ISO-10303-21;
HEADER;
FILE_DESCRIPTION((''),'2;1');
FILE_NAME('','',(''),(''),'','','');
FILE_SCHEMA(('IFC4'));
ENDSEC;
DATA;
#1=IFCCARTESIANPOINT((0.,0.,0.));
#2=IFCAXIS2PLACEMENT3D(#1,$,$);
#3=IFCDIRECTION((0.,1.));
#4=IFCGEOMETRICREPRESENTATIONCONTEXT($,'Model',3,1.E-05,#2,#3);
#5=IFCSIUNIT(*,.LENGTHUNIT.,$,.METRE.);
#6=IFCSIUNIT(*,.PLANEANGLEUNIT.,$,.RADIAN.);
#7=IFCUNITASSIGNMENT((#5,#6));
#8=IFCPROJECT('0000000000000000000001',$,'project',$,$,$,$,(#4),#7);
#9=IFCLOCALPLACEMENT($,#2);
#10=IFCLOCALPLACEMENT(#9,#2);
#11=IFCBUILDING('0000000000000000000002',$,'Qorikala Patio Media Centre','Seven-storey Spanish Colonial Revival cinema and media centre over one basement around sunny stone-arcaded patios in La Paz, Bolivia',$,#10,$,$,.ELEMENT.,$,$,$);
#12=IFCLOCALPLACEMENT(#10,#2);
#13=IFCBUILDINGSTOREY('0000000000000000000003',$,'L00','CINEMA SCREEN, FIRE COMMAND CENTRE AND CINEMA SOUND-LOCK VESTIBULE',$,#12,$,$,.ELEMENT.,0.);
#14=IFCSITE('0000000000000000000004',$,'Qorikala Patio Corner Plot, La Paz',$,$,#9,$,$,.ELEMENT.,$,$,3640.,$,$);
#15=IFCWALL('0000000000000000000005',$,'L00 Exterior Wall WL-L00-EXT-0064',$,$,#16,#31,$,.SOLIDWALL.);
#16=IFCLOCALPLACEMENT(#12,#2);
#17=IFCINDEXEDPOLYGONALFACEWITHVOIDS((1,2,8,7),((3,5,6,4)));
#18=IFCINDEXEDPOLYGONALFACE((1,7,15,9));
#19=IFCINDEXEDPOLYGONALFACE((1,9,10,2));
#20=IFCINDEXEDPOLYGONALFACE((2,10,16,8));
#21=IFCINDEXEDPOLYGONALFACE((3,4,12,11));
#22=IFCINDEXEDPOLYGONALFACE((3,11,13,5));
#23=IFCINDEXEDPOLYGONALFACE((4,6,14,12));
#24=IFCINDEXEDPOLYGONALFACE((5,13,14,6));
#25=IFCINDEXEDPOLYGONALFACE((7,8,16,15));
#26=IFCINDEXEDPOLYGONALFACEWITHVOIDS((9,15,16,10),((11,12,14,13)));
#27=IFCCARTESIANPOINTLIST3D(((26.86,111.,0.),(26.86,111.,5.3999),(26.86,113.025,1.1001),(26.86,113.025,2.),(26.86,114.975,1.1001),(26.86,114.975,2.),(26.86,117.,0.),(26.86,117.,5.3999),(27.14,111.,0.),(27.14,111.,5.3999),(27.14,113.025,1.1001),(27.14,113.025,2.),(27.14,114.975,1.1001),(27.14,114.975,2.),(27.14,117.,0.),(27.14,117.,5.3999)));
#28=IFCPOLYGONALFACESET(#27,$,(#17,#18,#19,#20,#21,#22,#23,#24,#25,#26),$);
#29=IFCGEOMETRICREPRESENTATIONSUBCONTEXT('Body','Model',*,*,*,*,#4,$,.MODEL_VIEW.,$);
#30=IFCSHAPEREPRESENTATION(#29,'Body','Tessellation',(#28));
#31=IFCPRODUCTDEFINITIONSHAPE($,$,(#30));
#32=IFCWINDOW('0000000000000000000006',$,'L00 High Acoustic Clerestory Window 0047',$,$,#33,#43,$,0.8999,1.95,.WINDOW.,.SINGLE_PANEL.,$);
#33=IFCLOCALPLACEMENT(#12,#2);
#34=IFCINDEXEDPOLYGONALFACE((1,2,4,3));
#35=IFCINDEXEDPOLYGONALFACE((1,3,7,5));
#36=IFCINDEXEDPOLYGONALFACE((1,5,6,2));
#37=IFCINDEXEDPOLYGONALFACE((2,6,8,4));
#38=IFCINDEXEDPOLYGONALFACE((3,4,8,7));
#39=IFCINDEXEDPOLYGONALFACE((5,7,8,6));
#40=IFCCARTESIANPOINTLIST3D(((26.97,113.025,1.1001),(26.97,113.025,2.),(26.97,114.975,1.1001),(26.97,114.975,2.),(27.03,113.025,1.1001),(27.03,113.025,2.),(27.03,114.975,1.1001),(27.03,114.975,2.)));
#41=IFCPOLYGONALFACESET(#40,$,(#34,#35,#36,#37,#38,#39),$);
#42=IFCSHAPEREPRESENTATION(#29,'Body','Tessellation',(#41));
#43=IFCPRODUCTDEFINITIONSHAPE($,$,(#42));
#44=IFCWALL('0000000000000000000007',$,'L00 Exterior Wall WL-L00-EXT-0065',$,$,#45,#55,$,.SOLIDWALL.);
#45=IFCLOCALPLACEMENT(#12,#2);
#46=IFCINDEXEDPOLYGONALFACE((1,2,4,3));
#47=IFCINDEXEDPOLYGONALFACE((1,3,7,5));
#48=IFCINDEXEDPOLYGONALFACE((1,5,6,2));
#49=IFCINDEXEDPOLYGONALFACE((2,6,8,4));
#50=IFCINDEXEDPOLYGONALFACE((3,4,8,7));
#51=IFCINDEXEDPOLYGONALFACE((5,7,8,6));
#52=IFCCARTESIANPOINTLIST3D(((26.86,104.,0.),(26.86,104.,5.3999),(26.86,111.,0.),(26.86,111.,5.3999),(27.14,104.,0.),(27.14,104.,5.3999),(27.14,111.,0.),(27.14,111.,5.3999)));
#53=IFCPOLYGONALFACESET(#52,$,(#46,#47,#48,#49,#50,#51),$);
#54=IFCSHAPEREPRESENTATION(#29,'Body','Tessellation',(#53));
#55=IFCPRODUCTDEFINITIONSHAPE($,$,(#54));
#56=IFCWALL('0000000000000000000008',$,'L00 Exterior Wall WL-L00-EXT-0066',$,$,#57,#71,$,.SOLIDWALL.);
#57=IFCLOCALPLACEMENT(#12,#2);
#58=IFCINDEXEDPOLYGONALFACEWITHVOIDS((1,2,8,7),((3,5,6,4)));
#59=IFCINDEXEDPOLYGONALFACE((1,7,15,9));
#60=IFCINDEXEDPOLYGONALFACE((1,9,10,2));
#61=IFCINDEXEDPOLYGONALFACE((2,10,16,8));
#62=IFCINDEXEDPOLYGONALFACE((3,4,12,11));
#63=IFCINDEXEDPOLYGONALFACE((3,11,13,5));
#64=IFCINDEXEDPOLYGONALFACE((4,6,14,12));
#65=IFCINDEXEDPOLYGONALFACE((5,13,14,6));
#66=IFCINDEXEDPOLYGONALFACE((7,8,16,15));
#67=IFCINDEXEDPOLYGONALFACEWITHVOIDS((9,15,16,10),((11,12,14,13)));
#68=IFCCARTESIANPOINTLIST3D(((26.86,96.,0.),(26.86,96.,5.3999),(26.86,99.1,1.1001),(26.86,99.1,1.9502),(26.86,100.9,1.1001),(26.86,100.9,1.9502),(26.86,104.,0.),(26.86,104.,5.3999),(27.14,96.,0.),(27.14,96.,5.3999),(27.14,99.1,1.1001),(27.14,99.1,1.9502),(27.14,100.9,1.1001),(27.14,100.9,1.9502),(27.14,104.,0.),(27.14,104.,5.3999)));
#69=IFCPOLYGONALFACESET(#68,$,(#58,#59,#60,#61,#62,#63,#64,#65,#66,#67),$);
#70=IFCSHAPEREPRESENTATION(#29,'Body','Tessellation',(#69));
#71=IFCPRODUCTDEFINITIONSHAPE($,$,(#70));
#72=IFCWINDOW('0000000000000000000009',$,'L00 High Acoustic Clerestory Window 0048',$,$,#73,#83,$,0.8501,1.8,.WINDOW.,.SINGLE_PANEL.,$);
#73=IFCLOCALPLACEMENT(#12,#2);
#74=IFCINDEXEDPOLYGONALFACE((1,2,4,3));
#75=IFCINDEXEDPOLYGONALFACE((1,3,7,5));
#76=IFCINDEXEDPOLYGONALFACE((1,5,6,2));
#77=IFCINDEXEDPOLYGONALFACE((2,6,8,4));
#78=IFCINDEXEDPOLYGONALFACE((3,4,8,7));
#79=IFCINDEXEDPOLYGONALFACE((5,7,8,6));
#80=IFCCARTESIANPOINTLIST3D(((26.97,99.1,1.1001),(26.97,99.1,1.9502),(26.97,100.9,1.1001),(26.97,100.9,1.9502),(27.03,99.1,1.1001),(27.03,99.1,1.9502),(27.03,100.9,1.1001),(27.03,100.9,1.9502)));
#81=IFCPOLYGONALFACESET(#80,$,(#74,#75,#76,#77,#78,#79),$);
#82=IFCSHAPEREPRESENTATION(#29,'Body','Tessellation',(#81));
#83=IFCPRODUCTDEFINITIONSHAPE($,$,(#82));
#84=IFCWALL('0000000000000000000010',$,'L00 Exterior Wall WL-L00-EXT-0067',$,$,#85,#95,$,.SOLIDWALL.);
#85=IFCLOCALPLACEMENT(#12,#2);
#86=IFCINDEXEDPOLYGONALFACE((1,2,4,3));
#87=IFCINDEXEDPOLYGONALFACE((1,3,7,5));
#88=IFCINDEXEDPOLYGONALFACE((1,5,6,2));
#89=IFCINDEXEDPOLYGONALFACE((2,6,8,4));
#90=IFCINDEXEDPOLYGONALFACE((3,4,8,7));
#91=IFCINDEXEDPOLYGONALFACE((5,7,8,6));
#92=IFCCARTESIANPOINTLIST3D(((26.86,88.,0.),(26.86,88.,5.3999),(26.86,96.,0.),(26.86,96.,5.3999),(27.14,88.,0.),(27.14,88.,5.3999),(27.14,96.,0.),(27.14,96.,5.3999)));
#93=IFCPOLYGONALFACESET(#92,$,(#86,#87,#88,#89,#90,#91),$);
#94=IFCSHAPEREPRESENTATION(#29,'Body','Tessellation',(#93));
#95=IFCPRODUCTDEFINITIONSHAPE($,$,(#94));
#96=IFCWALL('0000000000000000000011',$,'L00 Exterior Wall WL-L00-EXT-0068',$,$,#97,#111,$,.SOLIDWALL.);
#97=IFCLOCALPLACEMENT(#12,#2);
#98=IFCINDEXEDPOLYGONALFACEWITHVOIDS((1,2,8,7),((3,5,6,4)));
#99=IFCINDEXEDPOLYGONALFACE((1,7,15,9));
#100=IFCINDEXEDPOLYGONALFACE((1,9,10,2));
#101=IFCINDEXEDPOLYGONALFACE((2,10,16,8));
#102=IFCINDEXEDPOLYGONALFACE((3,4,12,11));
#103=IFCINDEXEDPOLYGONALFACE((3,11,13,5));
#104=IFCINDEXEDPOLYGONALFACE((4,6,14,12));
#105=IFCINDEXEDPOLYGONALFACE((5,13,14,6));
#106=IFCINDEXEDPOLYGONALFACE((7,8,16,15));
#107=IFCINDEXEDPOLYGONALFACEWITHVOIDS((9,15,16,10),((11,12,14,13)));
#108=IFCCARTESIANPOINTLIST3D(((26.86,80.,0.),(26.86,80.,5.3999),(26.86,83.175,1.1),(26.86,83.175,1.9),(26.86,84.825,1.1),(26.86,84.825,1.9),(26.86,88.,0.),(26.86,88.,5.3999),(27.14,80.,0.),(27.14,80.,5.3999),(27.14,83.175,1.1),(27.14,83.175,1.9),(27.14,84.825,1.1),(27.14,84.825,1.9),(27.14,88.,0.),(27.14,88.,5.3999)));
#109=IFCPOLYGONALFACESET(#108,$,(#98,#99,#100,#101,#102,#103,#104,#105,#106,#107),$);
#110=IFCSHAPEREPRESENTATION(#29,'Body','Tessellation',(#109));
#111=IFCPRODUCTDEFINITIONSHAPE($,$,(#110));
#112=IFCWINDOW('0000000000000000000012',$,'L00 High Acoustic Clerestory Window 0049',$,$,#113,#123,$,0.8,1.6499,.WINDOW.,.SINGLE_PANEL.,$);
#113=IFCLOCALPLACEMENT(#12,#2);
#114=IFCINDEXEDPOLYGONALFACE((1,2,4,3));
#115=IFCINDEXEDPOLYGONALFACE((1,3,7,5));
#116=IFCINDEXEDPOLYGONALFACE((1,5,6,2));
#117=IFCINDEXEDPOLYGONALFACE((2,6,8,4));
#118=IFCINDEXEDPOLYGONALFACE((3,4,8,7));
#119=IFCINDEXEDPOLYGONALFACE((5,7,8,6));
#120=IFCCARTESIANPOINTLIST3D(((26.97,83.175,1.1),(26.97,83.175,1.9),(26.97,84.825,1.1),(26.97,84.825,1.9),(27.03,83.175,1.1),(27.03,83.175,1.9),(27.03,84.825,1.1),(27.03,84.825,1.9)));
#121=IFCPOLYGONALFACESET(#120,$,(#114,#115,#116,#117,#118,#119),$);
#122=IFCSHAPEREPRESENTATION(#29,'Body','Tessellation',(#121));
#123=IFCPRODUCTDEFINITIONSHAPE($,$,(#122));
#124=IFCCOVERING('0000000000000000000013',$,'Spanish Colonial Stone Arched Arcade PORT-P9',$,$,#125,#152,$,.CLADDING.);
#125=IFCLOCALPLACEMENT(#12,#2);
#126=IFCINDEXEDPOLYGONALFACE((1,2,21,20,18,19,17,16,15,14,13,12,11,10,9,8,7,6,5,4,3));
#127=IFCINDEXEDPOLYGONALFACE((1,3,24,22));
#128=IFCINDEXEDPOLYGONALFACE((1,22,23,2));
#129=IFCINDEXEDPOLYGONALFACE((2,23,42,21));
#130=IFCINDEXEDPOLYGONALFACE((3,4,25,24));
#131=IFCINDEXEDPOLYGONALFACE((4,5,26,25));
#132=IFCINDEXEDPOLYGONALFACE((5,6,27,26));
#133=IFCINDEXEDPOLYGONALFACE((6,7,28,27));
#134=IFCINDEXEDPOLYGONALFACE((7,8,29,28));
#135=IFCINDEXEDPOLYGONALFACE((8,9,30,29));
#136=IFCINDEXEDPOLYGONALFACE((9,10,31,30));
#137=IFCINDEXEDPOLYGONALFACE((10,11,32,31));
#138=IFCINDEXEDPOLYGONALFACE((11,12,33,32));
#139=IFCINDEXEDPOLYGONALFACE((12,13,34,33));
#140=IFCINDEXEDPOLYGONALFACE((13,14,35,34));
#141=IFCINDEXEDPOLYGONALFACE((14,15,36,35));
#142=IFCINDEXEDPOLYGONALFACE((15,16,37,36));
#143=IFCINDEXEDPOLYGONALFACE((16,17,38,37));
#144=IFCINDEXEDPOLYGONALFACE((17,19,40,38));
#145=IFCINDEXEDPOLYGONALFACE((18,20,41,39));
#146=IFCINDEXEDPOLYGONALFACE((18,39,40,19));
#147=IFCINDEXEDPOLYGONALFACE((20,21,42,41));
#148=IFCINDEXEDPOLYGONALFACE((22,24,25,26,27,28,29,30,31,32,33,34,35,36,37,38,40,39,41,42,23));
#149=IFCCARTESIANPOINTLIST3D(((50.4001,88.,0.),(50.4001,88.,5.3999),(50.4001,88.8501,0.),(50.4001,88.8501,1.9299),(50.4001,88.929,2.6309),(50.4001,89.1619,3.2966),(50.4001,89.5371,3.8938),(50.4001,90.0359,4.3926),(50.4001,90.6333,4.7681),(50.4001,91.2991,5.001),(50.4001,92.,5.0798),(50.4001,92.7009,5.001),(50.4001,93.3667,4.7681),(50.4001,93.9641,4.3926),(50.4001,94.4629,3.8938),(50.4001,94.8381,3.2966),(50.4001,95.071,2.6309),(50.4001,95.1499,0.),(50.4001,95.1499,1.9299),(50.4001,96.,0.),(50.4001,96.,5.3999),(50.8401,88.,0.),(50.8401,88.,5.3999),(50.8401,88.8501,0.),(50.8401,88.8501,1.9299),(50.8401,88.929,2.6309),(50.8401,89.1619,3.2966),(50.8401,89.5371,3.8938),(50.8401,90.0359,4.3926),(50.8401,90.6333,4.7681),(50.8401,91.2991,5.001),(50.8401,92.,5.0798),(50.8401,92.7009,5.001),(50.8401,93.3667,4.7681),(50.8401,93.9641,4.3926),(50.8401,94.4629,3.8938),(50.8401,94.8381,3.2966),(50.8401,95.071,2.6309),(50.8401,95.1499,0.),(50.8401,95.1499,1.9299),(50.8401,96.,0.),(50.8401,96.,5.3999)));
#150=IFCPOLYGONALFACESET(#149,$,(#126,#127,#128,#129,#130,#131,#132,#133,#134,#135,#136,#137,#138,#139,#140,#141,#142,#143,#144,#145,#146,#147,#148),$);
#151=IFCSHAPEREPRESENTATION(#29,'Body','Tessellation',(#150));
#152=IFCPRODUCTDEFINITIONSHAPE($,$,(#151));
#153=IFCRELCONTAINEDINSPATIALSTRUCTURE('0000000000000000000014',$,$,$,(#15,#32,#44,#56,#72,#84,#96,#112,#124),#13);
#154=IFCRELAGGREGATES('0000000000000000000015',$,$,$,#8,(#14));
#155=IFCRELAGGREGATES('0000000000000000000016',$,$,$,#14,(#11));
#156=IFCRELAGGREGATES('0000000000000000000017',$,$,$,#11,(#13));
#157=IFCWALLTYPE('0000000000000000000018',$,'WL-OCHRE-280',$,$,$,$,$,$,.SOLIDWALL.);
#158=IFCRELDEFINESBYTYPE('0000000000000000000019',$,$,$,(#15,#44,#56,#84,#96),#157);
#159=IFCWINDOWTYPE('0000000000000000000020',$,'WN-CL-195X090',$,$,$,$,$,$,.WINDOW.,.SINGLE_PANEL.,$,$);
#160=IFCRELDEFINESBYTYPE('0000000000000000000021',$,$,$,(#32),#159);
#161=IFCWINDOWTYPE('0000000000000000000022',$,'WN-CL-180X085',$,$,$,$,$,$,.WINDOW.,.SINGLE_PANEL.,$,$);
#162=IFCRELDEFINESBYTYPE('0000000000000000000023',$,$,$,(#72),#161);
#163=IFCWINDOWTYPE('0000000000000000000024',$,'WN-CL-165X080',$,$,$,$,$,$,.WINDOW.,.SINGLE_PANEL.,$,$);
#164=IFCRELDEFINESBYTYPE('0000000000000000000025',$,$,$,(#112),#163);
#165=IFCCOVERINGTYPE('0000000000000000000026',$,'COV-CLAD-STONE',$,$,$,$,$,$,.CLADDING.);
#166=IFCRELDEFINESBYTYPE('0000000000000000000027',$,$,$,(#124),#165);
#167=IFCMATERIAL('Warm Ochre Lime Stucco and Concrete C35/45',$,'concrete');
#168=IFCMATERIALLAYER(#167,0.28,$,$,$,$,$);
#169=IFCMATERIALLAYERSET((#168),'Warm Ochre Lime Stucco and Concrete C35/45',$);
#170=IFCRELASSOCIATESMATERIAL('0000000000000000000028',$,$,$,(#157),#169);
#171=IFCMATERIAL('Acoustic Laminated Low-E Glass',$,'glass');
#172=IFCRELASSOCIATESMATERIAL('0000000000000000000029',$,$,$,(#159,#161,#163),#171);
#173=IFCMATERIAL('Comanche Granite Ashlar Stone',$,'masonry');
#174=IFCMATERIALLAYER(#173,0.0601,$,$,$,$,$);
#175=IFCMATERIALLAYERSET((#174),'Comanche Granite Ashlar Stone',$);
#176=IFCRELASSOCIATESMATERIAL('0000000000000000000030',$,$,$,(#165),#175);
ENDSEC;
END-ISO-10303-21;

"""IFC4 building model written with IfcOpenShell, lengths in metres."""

from ifc_helpers import new_model, si_unit, direction, frame, frame_2d, origin, place, context, subcontext, project, spatial, polyline, rectangle, outline, extrude, material, layer, layer_set, type_object, element, fill, save


model = new_model("IFC4")

# Units and contexts
model_context = context("Model", 3, precision=1e-05, world=origin(), true_north=direction((0.0, 1.0)))
body_context = subcontext(model_context, "Body", "Model", "MODEL_VIEW")
ifc_project = project(units=[si_unit("LENGTHUNIT", "METRE"), si_unit("PLANEANGLEUNIT", "RADIAN")], contexts=[model_context])

# Site, building, storey
site_placement = place(None, origin())
site = spatial("IfcSite", under=ifc_project, at=site_placement, Name="Qorikala Patio Corner Plot, La Paz", CompositionType="ELEMENT", RefElevation=3640.0)
building_placement = place(site_placement, origin())
building = spatial("IfcBuilding", under=site, at=building_placement, Name="Qorikala Patio Media Centre", Description="Seven-storey Spanish Colonial Revival cinema and media centre over one basement around sunny stone-arcaded patios in La Paz, Bolivia", CompositionType="ELEMENT")
storey_placement = place(building_placement, origin())
storey = spatial("IfcBuildingStorey", under=building, at=storey_placement, Name="L00", Description="CINEMA SCREEN, FIRE COMMAND CENTRE AND CINEMA SOUND-LOCK VESTIBULE", CompositionType="ELEMENT", Elevation=0.0)

# Wall, opening, window
ifc_material_1 = material(Name="Warm Ochre Lime Stucco and Concrete C35/45", Category="concrete")
ifc_layer_1 = layer(ifc_material_1, 0.28)
ifc_layer_set_1 = layer_set([ifc_layer_1], Name="Warm Ochre Lime Stucco and Concrete C35/45")
wall_type = type_object("IfcWallType", Name="WL-OCHRE-280", PredefinedType="SOLIDWALL", material=ifc_layer_set_1)
wall_1_placement = place(storey_placement, frame((27.0, 117.0, 0.0), z_axis=(0.0, 0.0, 1.0), x_axis=(0.0, -1.0, 0.0)))
wall_1 = element("IfcWall", 1, at=wall_1_placement, inside=storey, type_object=wall_type, Name="L00 Exterior Wall WL-L00-EXT-0064", PredefinedType="SOLIDWALL", context=body_context, shape_type="SweptSolid", body=[
    extrude(rectangle(XDim=6.0, YDim=0.28, at=frame_2d((3.0, 0.0))), origin(), (0.0, 0.0, 1.0), 5.3999),
])
opening_1_placement = place(wall_1_placement, frame((2.0249, 0.0, 1.1001)))
opening_1 = element("IfcOpeningElement", 2, at=opening_1_placement, cuts=wall_1, PredefinedType="OPENING", context=body_context, shape_type="SweptSolid", body=[
    extrude(rectangle(XDim=1.95, YDim=0.8999, at=frame_2d((0.9751, 0.45))), frame((0.0, 0.1499, 0.0), z_axis=(0.0, -1.0, 0.0), x_axis=(1.0, 0.0, 0.0)), (0.0, 0.0, 1.0), 0.3),
])
ifc_material_2 = material(Name="Acoustic Laminated Low-E Glass", Category="glass")
window_type_1 = type_object("IfcWindowType", Name="WN-CL-195X090", PartitioningType="SINGLE_PANEL", PredefinedType="WINDOW", material=ifc_material_2)
window_1_placement = place(opening_1_placement, origin())
window_1 = element("IfcWindow", 3, at=window_1_placement, inside=storey, type_object=window_type_1, Name="L00 High Acoustic Clerestory Window 0047", OverallHeight=0.8999, OverallWidth=1.95, PartitioningType="SINGLE_PANEL", PredefinedType="WINDOW", context=body_context, shape_type="SweptSolid", body=[
    extrude(rectangle(XDim=1.95, YDim=0.8999, at=frame_2d((0.9751, 0.45))), frame((0.0, 0.03, 0.0), z_axis=(0.0, -1.0, 0.0), x_axis=(1.0, 0.0, 0.0)), (0.0, 0.0, 1.0), 0.0601),
])
fill(opening_1, window_1)

# Wall
wall_2_placement = place(storey_placement, frame((27.0, 111.0, 0.0), z_axis=(0.0, 0.0, 1.0), x_axis=(0.0, -1.0, 0.0)))
element("IfcWall", 4, at=wall_2_placement, inside=storey, type_object=wall_type, Name="L00 Exterior Wall WL-L00-EXT-0065", PredefinedType="SOLIDWALL", context=body_context, shape_type="SweptSolid", body=[
    extrude(rectangle(XDim=7.0, YDim=0.28, at=frame_2d((3.5, 0.0))), origin(), (0.0, 0.0, 1.0), 5.3999),
])

# Wall, opening, window
wall_3_placement = place(storey_placement, frame((27.0, 104.0, 0.0), z_axis=(0.0, 0.0, 1.0), x_axis=(0.0, -1.0, 0.0)))
wall_3 = element("IfcWall", 5, at=wall_3_placement, inside=storey, type_object=wall_type, Name="L00 Exterior Wall WL-L00-EXT-0066", PredefinedType="SOLIDWALL", context=body_context, shape_type="SweptSolid", body=[
    extrude(rectangle(XDim=8.0, YDim=0.28, at=frame_2d((4.0, 0.0))), origin(), (0.0, 0.0, 1.0), 5.3999),
])
opening_2_placement = place(wall_3_placement, frame((3.1001, 0.0, 1.1001)))
opening_2 = element("IfcOpeningElement", 6, at=opening_2_placement, cuts=wall_3, PredefinedType="OPENING", context=body_context, shape_type="SweptSolid", body=[
    extrude(rectangle(XDim=1.8, YDim=0.8501, at=frame_2d((0.8999, 0.425))), frame((0.0, 0.1499, 0.0), z_axis=(0.0, -1.0, 0.0), x_axis=(1.0, 0.0, 0.0)), (0.0, 0.0, 1.0), 0.3),
])
window_type_2 = type_object("IfcWindowType", Name="WN-CL-180X085", PartitioningType="SINGLE_PANEL", PredefinedType="WINDOW", material=ifc_material_2)
window_2_placement = place(opening_2_placement, origin())
window_2 = element("IfcWindow", 7, at=window_2_placement, inside=storey, type_object=window_type_2, Name="L00 High Acoustic Clerestory Window 0048", OverallHeight=0.8501, OverallWidth=1.8, PartitioningType="SINGLE_PANEL", PredefinedType="WINDOW", context=body_context, shape_type="SweptSolid", body=[
    extrude(rectangle(XDim=1.8, YDim=0.8501, at=frame_2d((0.8999, 0.425))), frame((0.0, 0.03, 0.0), z_axis=(0.0, -1.0, 0.0), x_axis=(1.0, 0.0, 0.0)), (0.0, 0.0, 1.0), 0.0601),
])
fill(opening_2, window_2)

# Wall
wall_4_placement = place(storey_placement, frame((27.0, 96.0, 0.0), z_axis=(0.0, 0.0, 1.0), x_axis=(0.0, -1.0, 0.0)))
element("IfcWall", 8, at=wall_4_placement, inside=storey, type_object=wall_type, Name="L00 Exterior Wall WL-L00-EXT-0067", PredefinedType="SOLIDWALL", context=body_context, shape_type="SweptSolid", body=[
    extrude(rectangle(XDim=8.0, YDim=0.28, at=frame_2d((4.0, 0.0))), origin(), (0.0, 0.0, 1.0), 5.3999),
])

# Wall, opening, window
wall_5_placement = place(storey_placement, frame((27.0, 88.0, 0.0), z_axis=(0.0, 0.0, 1.0), x_axis=(0.0, -1.0, 0.0)))
wall_5 = element("IfcWall", 9, at=wall_5_placement, inside=storey, type_object=wall_type, Name="L00 Exterior Wall WL-L00-EXT-0068", PredefinedType="SOLIDWALL", context=body_context, shape_type="SweptSolid", body=[
    extrude(rectangle(XDim=8.0, YDim=0.28, at=frame_2d((4.0, 0.0))), origin(), (0.0, 0.0, 1.0), 5.3999),
])
opening_3_placement = place(wall_5_placement, frame((3.175, 0.0, 1.1001)))
opening_3 = element("IfcOpeningElement", 10, at=opening_3_placement, cuts=wall_5, PredefinedType="OPENING", context=body_context, shape_type="SweptSolid", body=[
    extrude(rectangle(XDim=1.6499, YDim=0.8, at=frame_2d((0.825, 0.3999))), frame((0.0, 0.1499, 0.0), z_axis=(0.0, -1.0, 0.0), x_axis=(1.0, 0.0, 0.0)), (0.0, 0.0, 1.0), 0.3),
])
window_type_3 = type_object("IfcWindowType", Name="WN-CL-165X080", PartitioningType="SINGLE_PANEL", PredefinedType="WINDOW", material=ifc_material_2)
window_3_placement = place(opening_3_placement, origin())
window_3 = element("IfcWindow", 11, at=window_3_placement, inside=storey, type_object=window_type_3, Name="L00 High Acoustic Clerestory Window 0049", OverallHeight=0.8, OverallWidth=1.6499, PartitioningType="SINGLE_PANEL", PredefinedType="WINDOW", context=body_context, shape_type="SweptSolid", body=[
    extrude(rectangle(XDim=1.6499, YDim=0.8, at=frame_2d((0.825, 0.3999))), frame((0.0, 0.03, 0.0), z_axis=(0.0, -1.0, 0.0), x_axis=(1.0, 0.0, 0.0)), (0.0, 0.0, 1.0), 0.0601),
])
fill(opening_3, window_3)

# Covering
ifc_material_3 = material(Name="Comanche Granite Ashlar Stone", Category="masonry")
ifc_layer_2 = layer(ifc_material_3, 0.0601)
ifc_layer_set_2 = layer_set([ifc_layer_2], Name="Comanche Granite Ashlar Stone")
covering_type = type_object("IfcCoveringType", Name="COV-CLAD-STONE", PredefinedType="CLADDING", material=ifc_layer_set_2)
covering_placement = place(storey_placement, frame((50.6201, 88.0, 0.0), z_axis=(0.0, 0.0, 1.0), x_axis=(0.0, 1.0, 0.0)))
element("IfcCovering", 12, at=covering_placement, inside=storey, type_object=covering_type, Name="Spanish Colonial Stone Arched Arcade PORT-P9", PredefinedType="CLADDING", context=body_context, shape_type="SweptSolid", body=[
    extrude(outline(polyline([(0.0, 0.0), (0.8501, 0.0), (0.8501, 1.9299), (0.929, 2.6309), (1.1619, 3.2966), (1.5371, 3.8938), (2.0359, 4.3926), (2.6333, 4.7681), (3.2991, 5.001), (4.0, 5.0798), (4.7009, 5.001), (5.3667, 4.7681), (5.9641, 4.3926), (6.4629, 3.8938), (6.8381, 3.2966), (7.071, 2.6309), (7.1499, 1.9299), (7.1499, 0.0), (8.0, 0.0), (8.0, 5.3999), (0.0, 5.3999), (0.0, 0.0)])), frame((0.0, 0.22, 0.0), z_axis=(0.0, -1.0, 0.0), x_axis=(1.0, 0.0, 0.0)), (0.0, 0.0, 1.0), 0.4399),
])

save(model, "model.ifc")
